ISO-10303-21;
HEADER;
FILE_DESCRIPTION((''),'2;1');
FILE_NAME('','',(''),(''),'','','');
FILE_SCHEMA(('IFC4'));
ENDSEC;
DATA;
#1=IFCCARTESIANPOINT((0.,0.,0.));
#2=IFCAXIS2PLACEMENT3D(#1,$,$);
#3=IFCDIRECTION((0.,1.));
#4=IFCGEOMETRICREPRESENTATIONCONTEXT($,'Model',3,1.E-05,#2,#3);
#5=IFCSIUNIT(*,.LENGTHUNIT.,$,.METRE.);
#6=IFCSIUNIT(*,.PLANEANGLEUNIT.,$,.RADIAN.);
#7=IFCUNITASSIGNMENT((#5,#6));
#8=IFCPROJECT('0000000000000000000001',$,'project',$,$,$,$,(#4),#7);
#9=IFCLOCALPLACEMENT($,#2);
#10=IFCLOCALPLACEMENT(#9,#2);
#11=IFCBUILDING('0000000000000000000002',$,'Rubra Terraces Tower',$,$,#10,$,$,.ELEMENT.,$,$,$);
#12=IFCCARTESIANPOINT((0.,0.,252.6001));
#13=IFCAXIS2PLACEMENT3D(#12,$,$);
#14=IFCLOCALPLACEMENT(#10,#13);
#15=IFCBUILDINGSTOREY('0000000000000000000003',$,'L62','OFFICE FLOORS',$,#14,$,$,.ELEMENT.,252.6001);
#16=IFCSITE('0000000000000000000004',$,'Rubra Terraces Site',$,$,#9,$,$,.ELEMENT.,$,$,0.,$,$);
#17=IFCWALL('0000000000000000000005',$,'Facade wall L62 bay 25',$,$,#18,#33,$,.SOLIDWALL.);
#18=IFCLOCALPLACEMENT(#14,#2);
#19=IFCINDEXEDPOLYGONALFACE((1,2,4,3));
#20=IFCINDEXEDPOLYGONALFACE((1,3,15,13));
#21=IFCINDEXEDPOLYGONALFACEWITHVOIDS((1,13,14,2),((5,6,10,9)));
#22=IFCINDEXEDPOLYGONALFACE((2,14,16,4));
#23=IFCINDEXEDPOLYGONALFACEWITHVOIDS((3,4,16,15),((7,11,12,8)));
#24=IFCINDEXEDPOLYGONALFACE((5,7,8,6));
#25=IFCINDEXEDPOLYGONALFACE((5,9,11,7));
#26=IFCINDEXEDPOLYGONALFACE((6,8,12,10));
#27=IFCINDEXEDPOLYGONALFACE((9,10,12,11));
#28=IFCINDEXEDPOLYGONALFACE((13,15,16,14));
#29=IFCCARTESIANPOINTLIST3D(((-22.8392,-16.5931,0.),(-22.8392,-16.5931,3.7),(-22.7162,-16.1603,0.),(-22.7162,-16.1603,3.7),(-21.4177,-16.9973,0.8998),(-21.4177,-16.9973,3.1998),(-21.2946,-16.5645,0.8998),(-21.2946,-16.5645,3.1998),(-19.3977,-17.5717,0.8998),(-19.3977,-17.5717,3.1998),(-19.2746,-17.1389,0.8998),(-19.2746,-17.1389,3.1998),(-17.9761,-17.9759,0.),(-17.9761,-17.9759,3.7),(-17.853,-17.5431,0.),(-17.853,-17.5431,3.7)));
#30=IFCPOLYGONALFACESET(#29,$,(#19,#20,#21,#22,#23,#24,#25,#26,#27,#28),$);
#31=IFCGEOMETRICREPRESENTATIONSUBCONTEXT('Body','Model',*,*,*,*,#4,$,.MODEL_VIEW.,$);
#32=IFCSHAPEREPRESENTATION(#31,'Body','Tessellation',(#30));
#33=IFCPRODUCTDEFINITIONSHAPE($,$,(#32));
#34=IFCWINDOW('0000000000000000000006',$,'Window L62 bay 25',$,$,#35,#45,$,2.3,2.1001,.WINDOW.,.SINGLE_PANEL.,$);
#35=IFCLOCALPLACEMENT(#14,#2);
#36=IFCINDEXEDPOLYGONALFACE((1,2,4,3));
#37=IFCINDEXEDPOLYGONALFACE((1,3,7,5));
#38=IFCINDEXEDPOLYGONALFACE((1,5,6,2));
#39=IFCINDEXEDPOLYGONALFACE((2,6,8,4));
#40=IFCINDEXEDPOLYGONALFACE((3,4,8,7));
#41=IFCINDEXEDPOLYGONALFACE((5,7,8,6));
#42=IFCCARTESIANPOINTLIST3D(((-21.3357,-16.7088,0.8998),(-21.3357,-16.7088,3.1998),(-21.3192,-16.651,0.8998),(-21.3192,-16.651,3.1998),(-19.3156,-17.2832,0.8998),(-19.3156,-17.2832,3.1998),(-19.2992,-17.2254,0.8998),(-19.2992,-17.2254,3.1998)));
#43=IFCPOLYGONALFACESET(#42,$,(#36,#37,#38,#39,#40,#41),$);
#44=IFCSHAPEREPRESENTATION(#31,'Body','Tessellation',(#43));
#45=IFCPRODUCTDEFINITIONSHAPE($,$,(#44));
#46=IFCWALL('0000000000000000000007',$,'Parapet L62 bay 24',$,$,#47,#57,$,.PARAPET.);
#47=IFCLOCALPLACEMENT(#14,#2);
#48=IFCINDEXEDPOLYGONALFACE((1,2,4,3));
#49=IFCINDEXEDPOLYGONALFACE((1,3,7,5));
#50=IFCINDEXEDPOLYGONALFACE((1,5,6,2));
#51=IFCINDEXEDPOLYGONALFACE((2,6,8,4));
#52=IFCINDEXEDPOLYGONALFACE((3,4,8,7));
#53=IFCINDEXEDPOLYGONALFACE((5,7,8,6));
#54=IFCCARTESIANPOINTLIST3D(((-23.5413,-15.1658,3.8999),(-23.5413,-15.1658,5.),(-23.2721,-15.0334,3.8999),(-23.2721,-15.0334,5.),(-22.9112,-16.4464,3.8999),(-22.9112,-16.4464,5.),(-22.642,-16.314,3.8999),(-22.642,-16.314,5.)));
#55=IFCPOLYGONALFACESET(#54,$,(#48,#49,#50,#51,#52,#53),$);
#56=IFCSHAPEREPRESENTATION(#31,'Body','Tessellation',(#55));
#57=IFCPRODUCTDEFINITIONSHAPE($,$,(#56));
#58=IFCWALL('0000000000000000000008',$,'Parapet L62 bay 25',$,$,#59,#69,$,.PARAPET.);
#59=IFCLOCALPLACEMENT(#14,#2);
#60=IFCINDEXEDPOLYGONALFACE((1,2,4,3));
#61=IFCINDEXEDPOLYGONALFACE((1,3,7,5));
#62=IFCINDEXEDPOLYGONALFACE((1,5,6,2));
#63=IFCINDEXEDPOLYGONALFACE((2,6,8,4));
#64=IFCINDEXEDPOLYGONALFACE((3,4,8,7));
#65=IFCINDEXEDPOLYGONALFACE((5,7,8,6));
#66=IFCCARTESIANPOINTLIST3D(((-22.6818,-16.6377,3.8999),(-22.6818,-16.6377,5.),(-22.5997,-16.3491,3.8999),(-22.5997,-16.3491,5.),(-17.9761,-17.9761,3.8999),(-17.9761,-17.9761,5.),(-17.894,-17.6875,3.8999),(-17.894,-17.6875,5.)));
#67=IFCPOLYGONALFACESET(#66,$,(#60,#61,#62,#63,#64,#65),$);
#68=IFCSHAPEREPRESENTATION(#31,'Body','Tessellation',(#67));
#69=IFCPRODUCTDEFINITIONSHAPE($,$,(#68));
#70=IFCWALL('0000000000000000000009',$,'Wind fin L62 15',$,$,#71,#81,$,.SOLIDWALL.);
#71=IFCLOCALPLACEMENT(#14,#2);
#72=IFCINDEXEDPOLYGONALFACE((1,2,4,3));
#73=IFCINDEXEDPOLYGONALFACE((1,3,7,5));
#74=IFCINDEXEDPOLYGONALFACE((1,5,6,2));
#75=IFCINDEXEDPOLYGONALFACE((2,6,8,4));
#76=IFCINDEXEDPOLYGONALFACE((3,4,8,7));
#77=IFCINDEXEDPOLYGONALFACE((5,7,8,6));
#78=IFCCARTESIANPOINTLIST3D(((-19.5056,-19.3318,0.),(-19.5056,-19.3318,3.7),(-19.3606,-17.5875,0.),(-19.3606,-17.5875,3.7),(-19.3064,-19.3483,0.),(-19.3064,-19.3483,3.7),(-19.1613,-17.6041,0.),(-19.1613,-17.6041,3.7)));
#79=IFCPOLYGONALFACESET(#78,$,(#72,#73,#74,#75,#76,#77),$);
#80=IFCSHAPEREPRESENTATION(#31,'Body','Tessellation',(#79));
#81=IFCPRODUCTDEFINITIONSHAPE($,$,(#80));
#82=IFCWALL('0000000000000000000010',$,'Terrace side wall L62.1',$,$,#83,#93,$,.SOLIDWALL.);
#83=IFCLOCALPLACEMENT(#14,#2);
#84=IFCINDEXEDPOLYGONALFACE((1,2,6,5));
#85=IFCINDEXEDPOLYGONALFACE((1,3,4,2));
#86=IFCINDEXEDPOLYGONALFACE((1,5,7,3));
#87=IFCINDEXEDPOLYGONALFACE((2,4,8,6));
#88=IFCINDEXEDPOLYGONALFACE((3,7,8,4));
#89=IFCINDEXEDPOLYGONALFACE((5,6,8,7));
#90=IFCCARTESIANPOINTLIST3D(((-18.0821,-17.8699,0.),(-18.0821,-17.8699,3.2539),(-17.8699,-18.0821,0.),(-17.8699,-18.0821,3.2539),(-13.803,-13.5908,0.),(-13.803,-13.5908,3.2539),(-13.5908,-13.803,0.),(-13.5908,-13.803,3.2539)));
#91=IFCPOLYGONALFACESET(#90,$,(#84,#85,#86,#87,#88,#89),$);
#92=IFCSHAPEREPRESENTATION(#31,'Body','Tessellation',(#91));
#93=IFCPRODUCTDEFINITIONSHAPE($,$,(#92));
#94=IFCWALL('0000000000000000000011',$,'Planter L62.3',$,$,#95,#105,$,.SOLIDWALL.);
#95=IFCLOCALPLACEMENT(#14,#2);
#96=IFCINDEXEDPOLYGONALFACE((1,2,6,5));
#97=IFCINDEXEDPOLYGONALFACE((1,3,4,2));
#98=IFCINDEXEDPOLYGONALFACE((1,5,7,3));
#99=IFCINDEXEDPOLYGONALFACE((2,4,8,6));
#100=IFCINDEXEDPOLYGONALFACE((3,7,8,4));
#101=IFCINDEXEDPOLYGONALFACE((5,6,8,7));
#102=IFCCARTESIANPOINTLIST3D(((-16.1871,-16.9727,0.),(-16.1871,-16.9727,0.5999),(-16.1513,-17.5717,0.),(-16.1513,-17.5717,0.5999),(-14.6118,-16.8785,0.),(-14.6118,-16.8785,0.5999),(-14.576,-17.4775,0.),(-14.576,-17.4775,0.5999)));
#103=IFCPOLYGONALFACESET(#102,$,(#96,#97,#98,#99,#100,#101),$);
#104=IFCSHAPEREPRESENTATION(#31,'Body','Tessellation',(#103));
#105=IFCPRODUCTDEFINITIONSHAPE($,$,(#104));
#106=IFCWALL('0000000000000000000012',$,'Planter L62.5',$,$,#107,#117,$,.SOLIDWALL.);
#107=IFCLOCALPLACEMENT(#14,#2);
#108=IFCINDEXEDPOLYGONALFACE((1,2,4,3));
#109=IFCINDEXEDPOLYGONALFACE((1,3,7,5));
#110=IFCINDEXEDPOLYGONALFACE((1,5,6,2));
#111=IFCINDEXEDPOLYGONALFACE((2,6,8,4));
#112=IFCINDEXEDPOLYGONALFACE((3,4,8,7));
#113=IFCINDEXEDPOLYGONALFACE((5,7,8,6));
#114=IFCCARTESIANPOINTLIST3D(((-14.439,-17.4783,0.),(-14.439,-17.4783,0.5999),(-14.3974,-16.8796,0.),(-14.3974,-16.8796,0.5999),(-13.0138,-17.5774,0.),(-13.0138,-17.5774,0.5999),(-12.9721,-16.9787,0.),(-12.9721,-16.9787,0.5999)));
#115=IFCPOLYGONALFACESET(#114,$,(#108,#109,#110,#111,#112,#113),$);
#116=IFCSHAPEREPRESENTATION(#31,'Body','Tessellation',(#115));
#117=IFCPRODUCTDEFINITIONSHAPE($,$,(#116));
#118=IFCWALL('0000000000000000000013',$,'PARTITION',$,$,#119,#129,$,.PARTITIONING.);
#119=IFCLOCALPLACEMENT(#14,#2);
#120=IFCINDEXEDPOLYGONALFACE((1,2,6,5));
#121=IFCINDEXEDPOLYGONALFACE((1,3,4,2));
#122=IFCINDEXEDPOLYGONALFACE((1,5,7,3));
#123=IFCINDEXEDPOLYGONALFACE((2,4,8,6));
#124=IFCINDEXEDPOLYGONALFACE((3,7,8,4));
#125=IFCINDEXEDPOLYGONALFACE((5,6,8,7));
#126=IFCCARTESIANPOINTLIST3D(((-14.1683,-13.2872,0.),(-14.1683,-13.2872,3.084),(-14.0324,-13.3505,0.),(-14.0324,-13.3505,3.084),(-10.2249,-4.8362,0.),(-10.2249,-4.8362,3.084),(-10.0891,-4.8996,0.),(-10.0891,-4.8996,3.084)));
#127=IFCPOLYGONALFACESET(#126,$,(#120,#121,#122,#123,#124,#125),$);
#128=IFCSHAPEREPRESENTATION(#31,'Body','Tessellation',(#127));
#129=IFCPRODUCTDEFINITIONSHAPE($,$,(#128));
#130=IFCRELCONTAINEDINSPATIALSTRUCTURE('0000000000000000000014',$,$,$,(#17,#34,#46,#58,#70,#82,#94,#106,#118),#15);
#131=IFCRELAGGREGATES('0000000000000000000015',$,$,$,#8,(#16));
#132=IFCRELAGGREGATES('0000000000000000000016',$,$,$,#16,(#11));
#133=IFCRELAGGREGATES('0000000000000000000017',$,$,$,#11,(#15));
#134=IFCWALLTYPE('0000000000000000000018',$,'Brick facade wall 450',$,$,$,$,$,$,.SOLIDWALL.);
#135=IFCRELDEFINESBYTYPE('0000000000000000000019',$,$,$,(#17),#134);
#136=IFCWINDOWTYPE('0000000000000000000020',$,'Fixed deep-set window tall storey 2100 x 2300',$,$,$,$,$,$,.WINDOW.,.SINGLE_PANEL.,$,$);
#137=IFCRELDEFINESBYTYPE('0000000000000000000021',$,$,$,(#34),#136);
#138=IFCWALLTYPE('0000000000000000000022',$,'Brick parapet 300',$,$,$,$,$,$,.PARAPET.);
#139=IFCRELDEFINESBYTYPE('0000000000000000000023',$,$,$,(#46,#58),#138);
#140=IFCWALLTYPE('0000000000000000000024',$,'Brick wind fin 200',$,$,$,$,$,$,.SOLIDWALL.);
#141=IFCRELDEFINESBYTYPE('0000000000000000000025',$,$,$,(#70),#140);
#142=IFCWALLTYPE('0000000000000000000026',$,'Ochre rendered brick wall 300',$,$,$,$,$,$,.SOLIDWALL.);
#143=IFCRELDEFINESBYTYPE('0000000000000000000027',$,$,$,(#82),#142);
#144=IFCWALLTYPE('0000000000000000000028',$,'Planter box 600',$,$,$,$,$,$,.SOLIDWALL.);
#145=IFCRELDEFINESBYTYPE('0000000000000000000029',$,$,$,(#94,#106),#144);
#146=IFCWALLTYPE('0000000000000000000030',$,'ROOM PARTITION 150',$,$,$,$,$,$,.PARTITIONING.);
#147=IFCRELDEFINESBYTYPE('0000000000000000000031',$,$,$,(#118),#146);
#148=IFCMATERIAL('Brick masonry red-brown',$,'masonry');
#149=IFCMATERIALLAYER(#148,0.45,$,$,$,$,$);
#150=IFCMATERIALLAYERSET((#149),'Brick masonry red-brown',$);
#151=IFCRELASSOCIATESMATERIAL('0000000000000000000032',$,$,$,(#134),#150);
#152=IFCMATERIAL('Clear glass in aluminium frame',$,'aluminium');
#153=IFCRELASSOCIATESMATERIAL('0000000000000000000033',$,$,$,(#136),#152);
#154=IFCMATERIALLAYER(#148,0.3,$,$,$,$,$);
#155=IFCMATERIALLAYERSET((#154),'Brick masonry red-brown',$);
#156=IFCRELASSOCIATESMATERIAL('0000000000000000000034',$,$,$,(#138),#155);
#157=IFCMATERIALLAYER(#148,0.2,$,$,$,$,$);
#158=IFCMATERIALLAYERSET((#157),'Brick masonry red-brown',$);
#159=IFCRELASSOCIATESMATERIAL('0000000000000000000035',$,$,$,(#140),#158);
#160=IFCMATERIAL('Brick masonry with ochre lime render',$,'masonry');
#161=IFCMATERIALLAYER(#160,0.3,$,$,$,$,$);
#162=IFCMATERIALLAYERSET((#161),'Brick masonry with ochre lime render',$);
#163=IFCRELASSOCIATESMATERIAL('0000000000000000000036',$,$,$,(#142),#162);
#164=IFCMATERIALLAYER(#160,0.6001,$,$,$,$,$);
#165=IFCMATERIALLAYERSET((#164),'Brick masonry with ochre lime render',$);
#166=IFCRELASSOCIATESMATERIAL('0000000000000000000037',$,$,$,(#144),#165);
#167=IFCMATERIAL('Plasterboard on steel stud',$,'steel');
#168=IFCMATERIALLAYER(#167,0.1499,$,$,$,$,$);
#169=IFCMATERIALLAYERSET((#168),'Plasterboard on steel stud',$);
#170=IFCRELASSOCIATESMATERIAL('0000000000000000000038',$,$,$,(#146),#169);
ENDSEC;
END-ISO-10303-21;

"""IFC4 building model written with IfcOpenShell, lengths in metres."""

from ifc_helpers import new_model, si_unit, direction, frame, frame_2d, origin, place, context, subcontext, project, spatial, rectangle, extrude, material, layer, layer_set, type_object, element, fill, save


model = new_model("IFC4")

# Units and contexts
model_context = context("Model", 3, precision=1e-05, world=origin(), true_north=direction((0.0, 1.0)))
body_context = subcontext(model_context, "Body", "Model", "MODEL_VIEW")
ifc_project = project(units=[si_unit("LENGTHUNIT", "METRE"), si_unit("PLANEANGLEUNIT", "RADIAN")], contexts=[model_context])

# Site, building, storey
site_placement = place(None, origin())
site = spatial("IfcSite", under=ifc_project, at=site_placement, Name="Rubra Terraces Site", CompositionType="ELEMENT", RefElevation=0.0)
building_placement = place(site_placement, origin())
building = spatial("IfcBuilding", under=site, at=building_placement, Name="Rubra Terraces Tower", CompositionType="ELEMENT")
storey_placement = place(building_placement, frame((0.0, 0.0, 252.6001)))
storey = spatial("IfcBuildingStorey", under=building, at=storey_placement, Name="L62", Description="OFFICE FLOORS", CompositionType="ELEMENT", Elevation=252.6001)

# Shared definitions
ifc_material_1 = material(Name="Brick masonry red-brown", Category="masonry")

# Wall, opening, window
ifc_layer_1 = layer(ifc_material_1, 0.45)
ifc_layer_set_1 = layer_set([ifc_layer_1], Name="Brick masonry red-brown")
wall_type_1 = type_object("IfcWallType", Name="Brick facade wall 450", PredefinedType="SOLIDWALL", material=ifc_layer_set_1)
wall_1_placement = place(storey_placement, frame((-22.7776, -16.3767, 0.0), z_axis=(0.0, 0.0, 1.0), x_axis=(0.961869, -0.273509, 0.0)))
wall_1 = element("IfcWall", 1, at=wall_1_placement, inside=storey, type_object=wall_type_1, Name="Facade wall L62 bay 25", PredefinedType="SOLIDWALL", context=body_context, shape_type="SweptSolid", body=[
    extrude(rectangle(XDim=5.0559, YDim=0.45, at=frame_2d((2.5278, 0.0))), origin(), (0.0, 0.0, 1.0), 3.7),
])
opening_1_placement = place(wall_1_placement, frame((1.4778, 0.0, 0.8999)))
opening_1 = element("IfcOpeningElement", 2, at=opening_1_placement, cuts=wall_1, PredefinedType="OPENING", context=body_context, shape_type="SweptSolid", body=[
    extrude(rectangle(XDim=2.1001, YDim=2.3, at=frame_2d((1.05, 1.1499))), frame((0.0, 0.2349, 0.0), z_axis=(0.0, -1.0, 0.0), x_axis=(1.0, 0.0, 0.0)), (0.0, 0.0, 1.0), 0.47),
])
ifc_material_2 = material(Name="Clear glass in aluminium frame", Category="aluminium")
window_type = type_object("IfcWindowType", Name="Fixed deep-set window tall storey 2100 x 2300", PartitioningType="SINGLE_PANEL", PredefinedType="WINDOW", material=ifc_material_2)
window_placement = place(opening_1_placement, origin())
window = element("IfcWindow", 3, at=window_placement, inside=storey, type_object=window_type, Name="Window L62 bay 25", OverallHeight=2.3, OverallWidth=2.1001, PartitioningType="SINGLE_PANEL", PredefinedType="WINDOW", context=body_context, shape_type="SweptSolid", body=[
    extrude(rectangle(XDim=2.1001, YDim=2.3, at=frame_2d((1.05, 1.1499))), frame((0.0, 0.135, 0.0), z_axis=(0.0, -1.0, 0.0), x_axis=(1.0, 0.0, 0.0)), (0.0, 0.0, 1.0), 0.0601),
])
fill(opening_1, window)

# Walls
ifc_layer_2 = layer(ifc_material_1, 0.3)
ifc_layer_set_2 = layer_set([ifc_layer_2], Name="Brick masonry red-brown")
wall_type_2 = type_object("IfcWallType", Name="Brick parapet 300", PredefinedType="PARAPET", material=ifc_layer_set_2)
wall_2_placement = place(storey_placement, frame((-23.4067, -15.0996, 3.8999), z_axis=(0.0, 0.0, 1.0), x_axis=(0.441525, -0.897249, 0.0)))
element("IfcWall", 4, at=wall_2_placement, inside=storey, type_object=wall_type_2, Name="Parapet L62 bay 24", PredefinedType="PARAPET", context=body_context, shape_type="SweptSolid", body=[
    extrude(rectangle(XDim=1.4272, YDim=0.3, at=frame_2d((0.7136, 0.0))), origin(), (0.0, 0.0, 1.0), 1.1001),
])
wall_3_placement = place(storey_placement, frame((-22.6409, -16.4934, 3.8999), z_axis=(0.0, 0.0, 1.0), x_axis=(0.961855, -0.273561, 0.0)))
element("IfcWall", 5, at=wall_3_placement, inside=storey, type_object=wall_type_2, Name="Parapet L62 bay 25", PredefinedType="PARAPET", context=body_context, shape_type="SweptSolid", body=[
    extrude(rectangle(XDim=4.8923, YDim=0.3, at=frame_2d((2.4463, 0.0))), origin(), (0.0, 0.0, 1.0), 1.1001),
])
ifc_layer_3 = layer(ifc_material_1, 0.2)
ifc_layer_set_3 = layer_set([ifc_layer_3], Name="Brick masonry red-brown")
wall_type_3 = type_object("IfcWallType", Name="Brick wind fin 200", PredefinedType="SOLIDWALL", material=ifc_layer_set_3)
wall_4_placement = place(storey_placement, frame((-19.261, -17.5959, 0.0), z_axis=(0.0, 0.0, 1.0), x_axis=(-0.082861, -0.996561, 0.0)))
element("IfcWall", 6, at=wall_4_placement, inside=storey, type_object=wall_type_3, Name="Wind fin L62 15", PredefinedType="SOLIDWALL", context=body_context, shape_type="SweptSolid", body=[
    extrude(rectangle(XDim=1.7502, YDim=0.2, at=frame_2d((0.875, 0.0))), origin(), (0.0, 0.0, 1.0), 3.7),
])
ifc_material_3 = material(Name="Brick masonry with ochre lime render", Category="masonry")
ifc_layer_4 = layer(ifc_material_3, 0.3)
ifc_layer_set_4 = layer_set([ifc_layer_4], Name="Brick masonry with ochre lime render")
wall_type_4 = type_object("IfcWallType", Name="Ochre rendered brick wall 300", PredefinedType="SOLIDWALL", material=ifc_layer_set_4)
wall_5_placement = place(storey_placement, frame((-17.9761, -17.9761, 0.0), z_axis=(0.0, 0.0, 1.0), x_axis=(0.707107, 0.707107, 0.0)))
element("IfcWall", 7, at=wall_5_placement, inside=storey, type_object=wall_type_4, Name="Terrace side wall L62.1", PredefinedType="SOLIDWALL", context=body_context, shape_type="SweptSolid", body=[
    extrude(rectangle(XDim=6.0515, YDim=0.3, at=frame_2d((3.0259, 0.0))), origin(), (0.0, 0.0, 1.0), 3.2539),
])

# Walls
ifc_layer_5 = layer(ifc_material_3, 0.6001)
ifc_layer_set_5 = layer_set([ifc_layer_5], Name="Brick masonry with ochre lime render")
wall_type_5 = type_object("IfcWallType", Name="Planter box 600", PredefinedType="SOLIDWALL", material=ifc_layer_set_5)
wall_6_placement = place(storey_placement, frame((-16.1692, -17.2722, 0.0), z_axis=(0.0, 0.0, 1.0), x_axis=(0.998215, 0.05972, 0.0)))
element("IfcWall", 8, at=wall_6_placement, inside=storey, type_object=wall_type_5, Name="Planter L62.3", PredefinedType="SOLIDWALL", context=body_context, shape_type="SweptSolid", body=[
    extrude(rectangle(XDim=1.5781, YDim=0.6001, at=frame_2d((0.7891, 0.0))), origin(), (0.0, 0.0, 1.0), 0.5999),
])
wall_7_placement = place(storey_placement, frame((-14.4182, -17.179, 0.0), z_axis=(0.0, 0.0, 1.0), x_axis=(0.997591, -0.069377, 0.0)))
element("IfcWall", 9, at=wall_7_placement, inside=storey, type_object=wall_type_5, Name="Planter L62.5", PredefinedType="SOLIDWALL", context=body_context, shape_type="SweptSolid", body=[
    extrude(rectangle(XDim=1.4287, YDim=0.6001, at=frame_2d((0.7144, 0.0))), origin(), (0.0, 0.0, 1.0), 0.5999),
])
ifc_material_4 = material(Name="Plasterboard on steel stud", Category="steel")
ifc_layer_6 = layer(ifc_material_4, 0.1499)
ifc_layer_set_6 = layer_set([ifc_layer_6], Name="Plasterboard on steel stud")
wall_type_6 = type_object("IfcWallType", Name="ROOM PARTITION 150", PredefinedType="PARTITIONING", material=ifc_layer_set_6)
wall_8_placement = place(storey_placement, frame((-14.1003, -13.3188, 0.0), z_axis=(0.0, 0.0, 1.0), x_axis=(0.42285, 0.9062, 0.0)))
element("IfcWall", 10, at=wall_8_placement, inside=storey, type_object=wall_type_6, Name="PARTITION", PredefinedType="PARTITIONING", context=body_context, shape_type="SweptSolid", body=[
    extrude(rectangle(XDim=9.3257, YDim=0.1499, at=frame_2d((4.6628, 0.0))), origin(), (0.0, 0.0, 1.0), 3.084),
])

save(model, "model.ifc")
